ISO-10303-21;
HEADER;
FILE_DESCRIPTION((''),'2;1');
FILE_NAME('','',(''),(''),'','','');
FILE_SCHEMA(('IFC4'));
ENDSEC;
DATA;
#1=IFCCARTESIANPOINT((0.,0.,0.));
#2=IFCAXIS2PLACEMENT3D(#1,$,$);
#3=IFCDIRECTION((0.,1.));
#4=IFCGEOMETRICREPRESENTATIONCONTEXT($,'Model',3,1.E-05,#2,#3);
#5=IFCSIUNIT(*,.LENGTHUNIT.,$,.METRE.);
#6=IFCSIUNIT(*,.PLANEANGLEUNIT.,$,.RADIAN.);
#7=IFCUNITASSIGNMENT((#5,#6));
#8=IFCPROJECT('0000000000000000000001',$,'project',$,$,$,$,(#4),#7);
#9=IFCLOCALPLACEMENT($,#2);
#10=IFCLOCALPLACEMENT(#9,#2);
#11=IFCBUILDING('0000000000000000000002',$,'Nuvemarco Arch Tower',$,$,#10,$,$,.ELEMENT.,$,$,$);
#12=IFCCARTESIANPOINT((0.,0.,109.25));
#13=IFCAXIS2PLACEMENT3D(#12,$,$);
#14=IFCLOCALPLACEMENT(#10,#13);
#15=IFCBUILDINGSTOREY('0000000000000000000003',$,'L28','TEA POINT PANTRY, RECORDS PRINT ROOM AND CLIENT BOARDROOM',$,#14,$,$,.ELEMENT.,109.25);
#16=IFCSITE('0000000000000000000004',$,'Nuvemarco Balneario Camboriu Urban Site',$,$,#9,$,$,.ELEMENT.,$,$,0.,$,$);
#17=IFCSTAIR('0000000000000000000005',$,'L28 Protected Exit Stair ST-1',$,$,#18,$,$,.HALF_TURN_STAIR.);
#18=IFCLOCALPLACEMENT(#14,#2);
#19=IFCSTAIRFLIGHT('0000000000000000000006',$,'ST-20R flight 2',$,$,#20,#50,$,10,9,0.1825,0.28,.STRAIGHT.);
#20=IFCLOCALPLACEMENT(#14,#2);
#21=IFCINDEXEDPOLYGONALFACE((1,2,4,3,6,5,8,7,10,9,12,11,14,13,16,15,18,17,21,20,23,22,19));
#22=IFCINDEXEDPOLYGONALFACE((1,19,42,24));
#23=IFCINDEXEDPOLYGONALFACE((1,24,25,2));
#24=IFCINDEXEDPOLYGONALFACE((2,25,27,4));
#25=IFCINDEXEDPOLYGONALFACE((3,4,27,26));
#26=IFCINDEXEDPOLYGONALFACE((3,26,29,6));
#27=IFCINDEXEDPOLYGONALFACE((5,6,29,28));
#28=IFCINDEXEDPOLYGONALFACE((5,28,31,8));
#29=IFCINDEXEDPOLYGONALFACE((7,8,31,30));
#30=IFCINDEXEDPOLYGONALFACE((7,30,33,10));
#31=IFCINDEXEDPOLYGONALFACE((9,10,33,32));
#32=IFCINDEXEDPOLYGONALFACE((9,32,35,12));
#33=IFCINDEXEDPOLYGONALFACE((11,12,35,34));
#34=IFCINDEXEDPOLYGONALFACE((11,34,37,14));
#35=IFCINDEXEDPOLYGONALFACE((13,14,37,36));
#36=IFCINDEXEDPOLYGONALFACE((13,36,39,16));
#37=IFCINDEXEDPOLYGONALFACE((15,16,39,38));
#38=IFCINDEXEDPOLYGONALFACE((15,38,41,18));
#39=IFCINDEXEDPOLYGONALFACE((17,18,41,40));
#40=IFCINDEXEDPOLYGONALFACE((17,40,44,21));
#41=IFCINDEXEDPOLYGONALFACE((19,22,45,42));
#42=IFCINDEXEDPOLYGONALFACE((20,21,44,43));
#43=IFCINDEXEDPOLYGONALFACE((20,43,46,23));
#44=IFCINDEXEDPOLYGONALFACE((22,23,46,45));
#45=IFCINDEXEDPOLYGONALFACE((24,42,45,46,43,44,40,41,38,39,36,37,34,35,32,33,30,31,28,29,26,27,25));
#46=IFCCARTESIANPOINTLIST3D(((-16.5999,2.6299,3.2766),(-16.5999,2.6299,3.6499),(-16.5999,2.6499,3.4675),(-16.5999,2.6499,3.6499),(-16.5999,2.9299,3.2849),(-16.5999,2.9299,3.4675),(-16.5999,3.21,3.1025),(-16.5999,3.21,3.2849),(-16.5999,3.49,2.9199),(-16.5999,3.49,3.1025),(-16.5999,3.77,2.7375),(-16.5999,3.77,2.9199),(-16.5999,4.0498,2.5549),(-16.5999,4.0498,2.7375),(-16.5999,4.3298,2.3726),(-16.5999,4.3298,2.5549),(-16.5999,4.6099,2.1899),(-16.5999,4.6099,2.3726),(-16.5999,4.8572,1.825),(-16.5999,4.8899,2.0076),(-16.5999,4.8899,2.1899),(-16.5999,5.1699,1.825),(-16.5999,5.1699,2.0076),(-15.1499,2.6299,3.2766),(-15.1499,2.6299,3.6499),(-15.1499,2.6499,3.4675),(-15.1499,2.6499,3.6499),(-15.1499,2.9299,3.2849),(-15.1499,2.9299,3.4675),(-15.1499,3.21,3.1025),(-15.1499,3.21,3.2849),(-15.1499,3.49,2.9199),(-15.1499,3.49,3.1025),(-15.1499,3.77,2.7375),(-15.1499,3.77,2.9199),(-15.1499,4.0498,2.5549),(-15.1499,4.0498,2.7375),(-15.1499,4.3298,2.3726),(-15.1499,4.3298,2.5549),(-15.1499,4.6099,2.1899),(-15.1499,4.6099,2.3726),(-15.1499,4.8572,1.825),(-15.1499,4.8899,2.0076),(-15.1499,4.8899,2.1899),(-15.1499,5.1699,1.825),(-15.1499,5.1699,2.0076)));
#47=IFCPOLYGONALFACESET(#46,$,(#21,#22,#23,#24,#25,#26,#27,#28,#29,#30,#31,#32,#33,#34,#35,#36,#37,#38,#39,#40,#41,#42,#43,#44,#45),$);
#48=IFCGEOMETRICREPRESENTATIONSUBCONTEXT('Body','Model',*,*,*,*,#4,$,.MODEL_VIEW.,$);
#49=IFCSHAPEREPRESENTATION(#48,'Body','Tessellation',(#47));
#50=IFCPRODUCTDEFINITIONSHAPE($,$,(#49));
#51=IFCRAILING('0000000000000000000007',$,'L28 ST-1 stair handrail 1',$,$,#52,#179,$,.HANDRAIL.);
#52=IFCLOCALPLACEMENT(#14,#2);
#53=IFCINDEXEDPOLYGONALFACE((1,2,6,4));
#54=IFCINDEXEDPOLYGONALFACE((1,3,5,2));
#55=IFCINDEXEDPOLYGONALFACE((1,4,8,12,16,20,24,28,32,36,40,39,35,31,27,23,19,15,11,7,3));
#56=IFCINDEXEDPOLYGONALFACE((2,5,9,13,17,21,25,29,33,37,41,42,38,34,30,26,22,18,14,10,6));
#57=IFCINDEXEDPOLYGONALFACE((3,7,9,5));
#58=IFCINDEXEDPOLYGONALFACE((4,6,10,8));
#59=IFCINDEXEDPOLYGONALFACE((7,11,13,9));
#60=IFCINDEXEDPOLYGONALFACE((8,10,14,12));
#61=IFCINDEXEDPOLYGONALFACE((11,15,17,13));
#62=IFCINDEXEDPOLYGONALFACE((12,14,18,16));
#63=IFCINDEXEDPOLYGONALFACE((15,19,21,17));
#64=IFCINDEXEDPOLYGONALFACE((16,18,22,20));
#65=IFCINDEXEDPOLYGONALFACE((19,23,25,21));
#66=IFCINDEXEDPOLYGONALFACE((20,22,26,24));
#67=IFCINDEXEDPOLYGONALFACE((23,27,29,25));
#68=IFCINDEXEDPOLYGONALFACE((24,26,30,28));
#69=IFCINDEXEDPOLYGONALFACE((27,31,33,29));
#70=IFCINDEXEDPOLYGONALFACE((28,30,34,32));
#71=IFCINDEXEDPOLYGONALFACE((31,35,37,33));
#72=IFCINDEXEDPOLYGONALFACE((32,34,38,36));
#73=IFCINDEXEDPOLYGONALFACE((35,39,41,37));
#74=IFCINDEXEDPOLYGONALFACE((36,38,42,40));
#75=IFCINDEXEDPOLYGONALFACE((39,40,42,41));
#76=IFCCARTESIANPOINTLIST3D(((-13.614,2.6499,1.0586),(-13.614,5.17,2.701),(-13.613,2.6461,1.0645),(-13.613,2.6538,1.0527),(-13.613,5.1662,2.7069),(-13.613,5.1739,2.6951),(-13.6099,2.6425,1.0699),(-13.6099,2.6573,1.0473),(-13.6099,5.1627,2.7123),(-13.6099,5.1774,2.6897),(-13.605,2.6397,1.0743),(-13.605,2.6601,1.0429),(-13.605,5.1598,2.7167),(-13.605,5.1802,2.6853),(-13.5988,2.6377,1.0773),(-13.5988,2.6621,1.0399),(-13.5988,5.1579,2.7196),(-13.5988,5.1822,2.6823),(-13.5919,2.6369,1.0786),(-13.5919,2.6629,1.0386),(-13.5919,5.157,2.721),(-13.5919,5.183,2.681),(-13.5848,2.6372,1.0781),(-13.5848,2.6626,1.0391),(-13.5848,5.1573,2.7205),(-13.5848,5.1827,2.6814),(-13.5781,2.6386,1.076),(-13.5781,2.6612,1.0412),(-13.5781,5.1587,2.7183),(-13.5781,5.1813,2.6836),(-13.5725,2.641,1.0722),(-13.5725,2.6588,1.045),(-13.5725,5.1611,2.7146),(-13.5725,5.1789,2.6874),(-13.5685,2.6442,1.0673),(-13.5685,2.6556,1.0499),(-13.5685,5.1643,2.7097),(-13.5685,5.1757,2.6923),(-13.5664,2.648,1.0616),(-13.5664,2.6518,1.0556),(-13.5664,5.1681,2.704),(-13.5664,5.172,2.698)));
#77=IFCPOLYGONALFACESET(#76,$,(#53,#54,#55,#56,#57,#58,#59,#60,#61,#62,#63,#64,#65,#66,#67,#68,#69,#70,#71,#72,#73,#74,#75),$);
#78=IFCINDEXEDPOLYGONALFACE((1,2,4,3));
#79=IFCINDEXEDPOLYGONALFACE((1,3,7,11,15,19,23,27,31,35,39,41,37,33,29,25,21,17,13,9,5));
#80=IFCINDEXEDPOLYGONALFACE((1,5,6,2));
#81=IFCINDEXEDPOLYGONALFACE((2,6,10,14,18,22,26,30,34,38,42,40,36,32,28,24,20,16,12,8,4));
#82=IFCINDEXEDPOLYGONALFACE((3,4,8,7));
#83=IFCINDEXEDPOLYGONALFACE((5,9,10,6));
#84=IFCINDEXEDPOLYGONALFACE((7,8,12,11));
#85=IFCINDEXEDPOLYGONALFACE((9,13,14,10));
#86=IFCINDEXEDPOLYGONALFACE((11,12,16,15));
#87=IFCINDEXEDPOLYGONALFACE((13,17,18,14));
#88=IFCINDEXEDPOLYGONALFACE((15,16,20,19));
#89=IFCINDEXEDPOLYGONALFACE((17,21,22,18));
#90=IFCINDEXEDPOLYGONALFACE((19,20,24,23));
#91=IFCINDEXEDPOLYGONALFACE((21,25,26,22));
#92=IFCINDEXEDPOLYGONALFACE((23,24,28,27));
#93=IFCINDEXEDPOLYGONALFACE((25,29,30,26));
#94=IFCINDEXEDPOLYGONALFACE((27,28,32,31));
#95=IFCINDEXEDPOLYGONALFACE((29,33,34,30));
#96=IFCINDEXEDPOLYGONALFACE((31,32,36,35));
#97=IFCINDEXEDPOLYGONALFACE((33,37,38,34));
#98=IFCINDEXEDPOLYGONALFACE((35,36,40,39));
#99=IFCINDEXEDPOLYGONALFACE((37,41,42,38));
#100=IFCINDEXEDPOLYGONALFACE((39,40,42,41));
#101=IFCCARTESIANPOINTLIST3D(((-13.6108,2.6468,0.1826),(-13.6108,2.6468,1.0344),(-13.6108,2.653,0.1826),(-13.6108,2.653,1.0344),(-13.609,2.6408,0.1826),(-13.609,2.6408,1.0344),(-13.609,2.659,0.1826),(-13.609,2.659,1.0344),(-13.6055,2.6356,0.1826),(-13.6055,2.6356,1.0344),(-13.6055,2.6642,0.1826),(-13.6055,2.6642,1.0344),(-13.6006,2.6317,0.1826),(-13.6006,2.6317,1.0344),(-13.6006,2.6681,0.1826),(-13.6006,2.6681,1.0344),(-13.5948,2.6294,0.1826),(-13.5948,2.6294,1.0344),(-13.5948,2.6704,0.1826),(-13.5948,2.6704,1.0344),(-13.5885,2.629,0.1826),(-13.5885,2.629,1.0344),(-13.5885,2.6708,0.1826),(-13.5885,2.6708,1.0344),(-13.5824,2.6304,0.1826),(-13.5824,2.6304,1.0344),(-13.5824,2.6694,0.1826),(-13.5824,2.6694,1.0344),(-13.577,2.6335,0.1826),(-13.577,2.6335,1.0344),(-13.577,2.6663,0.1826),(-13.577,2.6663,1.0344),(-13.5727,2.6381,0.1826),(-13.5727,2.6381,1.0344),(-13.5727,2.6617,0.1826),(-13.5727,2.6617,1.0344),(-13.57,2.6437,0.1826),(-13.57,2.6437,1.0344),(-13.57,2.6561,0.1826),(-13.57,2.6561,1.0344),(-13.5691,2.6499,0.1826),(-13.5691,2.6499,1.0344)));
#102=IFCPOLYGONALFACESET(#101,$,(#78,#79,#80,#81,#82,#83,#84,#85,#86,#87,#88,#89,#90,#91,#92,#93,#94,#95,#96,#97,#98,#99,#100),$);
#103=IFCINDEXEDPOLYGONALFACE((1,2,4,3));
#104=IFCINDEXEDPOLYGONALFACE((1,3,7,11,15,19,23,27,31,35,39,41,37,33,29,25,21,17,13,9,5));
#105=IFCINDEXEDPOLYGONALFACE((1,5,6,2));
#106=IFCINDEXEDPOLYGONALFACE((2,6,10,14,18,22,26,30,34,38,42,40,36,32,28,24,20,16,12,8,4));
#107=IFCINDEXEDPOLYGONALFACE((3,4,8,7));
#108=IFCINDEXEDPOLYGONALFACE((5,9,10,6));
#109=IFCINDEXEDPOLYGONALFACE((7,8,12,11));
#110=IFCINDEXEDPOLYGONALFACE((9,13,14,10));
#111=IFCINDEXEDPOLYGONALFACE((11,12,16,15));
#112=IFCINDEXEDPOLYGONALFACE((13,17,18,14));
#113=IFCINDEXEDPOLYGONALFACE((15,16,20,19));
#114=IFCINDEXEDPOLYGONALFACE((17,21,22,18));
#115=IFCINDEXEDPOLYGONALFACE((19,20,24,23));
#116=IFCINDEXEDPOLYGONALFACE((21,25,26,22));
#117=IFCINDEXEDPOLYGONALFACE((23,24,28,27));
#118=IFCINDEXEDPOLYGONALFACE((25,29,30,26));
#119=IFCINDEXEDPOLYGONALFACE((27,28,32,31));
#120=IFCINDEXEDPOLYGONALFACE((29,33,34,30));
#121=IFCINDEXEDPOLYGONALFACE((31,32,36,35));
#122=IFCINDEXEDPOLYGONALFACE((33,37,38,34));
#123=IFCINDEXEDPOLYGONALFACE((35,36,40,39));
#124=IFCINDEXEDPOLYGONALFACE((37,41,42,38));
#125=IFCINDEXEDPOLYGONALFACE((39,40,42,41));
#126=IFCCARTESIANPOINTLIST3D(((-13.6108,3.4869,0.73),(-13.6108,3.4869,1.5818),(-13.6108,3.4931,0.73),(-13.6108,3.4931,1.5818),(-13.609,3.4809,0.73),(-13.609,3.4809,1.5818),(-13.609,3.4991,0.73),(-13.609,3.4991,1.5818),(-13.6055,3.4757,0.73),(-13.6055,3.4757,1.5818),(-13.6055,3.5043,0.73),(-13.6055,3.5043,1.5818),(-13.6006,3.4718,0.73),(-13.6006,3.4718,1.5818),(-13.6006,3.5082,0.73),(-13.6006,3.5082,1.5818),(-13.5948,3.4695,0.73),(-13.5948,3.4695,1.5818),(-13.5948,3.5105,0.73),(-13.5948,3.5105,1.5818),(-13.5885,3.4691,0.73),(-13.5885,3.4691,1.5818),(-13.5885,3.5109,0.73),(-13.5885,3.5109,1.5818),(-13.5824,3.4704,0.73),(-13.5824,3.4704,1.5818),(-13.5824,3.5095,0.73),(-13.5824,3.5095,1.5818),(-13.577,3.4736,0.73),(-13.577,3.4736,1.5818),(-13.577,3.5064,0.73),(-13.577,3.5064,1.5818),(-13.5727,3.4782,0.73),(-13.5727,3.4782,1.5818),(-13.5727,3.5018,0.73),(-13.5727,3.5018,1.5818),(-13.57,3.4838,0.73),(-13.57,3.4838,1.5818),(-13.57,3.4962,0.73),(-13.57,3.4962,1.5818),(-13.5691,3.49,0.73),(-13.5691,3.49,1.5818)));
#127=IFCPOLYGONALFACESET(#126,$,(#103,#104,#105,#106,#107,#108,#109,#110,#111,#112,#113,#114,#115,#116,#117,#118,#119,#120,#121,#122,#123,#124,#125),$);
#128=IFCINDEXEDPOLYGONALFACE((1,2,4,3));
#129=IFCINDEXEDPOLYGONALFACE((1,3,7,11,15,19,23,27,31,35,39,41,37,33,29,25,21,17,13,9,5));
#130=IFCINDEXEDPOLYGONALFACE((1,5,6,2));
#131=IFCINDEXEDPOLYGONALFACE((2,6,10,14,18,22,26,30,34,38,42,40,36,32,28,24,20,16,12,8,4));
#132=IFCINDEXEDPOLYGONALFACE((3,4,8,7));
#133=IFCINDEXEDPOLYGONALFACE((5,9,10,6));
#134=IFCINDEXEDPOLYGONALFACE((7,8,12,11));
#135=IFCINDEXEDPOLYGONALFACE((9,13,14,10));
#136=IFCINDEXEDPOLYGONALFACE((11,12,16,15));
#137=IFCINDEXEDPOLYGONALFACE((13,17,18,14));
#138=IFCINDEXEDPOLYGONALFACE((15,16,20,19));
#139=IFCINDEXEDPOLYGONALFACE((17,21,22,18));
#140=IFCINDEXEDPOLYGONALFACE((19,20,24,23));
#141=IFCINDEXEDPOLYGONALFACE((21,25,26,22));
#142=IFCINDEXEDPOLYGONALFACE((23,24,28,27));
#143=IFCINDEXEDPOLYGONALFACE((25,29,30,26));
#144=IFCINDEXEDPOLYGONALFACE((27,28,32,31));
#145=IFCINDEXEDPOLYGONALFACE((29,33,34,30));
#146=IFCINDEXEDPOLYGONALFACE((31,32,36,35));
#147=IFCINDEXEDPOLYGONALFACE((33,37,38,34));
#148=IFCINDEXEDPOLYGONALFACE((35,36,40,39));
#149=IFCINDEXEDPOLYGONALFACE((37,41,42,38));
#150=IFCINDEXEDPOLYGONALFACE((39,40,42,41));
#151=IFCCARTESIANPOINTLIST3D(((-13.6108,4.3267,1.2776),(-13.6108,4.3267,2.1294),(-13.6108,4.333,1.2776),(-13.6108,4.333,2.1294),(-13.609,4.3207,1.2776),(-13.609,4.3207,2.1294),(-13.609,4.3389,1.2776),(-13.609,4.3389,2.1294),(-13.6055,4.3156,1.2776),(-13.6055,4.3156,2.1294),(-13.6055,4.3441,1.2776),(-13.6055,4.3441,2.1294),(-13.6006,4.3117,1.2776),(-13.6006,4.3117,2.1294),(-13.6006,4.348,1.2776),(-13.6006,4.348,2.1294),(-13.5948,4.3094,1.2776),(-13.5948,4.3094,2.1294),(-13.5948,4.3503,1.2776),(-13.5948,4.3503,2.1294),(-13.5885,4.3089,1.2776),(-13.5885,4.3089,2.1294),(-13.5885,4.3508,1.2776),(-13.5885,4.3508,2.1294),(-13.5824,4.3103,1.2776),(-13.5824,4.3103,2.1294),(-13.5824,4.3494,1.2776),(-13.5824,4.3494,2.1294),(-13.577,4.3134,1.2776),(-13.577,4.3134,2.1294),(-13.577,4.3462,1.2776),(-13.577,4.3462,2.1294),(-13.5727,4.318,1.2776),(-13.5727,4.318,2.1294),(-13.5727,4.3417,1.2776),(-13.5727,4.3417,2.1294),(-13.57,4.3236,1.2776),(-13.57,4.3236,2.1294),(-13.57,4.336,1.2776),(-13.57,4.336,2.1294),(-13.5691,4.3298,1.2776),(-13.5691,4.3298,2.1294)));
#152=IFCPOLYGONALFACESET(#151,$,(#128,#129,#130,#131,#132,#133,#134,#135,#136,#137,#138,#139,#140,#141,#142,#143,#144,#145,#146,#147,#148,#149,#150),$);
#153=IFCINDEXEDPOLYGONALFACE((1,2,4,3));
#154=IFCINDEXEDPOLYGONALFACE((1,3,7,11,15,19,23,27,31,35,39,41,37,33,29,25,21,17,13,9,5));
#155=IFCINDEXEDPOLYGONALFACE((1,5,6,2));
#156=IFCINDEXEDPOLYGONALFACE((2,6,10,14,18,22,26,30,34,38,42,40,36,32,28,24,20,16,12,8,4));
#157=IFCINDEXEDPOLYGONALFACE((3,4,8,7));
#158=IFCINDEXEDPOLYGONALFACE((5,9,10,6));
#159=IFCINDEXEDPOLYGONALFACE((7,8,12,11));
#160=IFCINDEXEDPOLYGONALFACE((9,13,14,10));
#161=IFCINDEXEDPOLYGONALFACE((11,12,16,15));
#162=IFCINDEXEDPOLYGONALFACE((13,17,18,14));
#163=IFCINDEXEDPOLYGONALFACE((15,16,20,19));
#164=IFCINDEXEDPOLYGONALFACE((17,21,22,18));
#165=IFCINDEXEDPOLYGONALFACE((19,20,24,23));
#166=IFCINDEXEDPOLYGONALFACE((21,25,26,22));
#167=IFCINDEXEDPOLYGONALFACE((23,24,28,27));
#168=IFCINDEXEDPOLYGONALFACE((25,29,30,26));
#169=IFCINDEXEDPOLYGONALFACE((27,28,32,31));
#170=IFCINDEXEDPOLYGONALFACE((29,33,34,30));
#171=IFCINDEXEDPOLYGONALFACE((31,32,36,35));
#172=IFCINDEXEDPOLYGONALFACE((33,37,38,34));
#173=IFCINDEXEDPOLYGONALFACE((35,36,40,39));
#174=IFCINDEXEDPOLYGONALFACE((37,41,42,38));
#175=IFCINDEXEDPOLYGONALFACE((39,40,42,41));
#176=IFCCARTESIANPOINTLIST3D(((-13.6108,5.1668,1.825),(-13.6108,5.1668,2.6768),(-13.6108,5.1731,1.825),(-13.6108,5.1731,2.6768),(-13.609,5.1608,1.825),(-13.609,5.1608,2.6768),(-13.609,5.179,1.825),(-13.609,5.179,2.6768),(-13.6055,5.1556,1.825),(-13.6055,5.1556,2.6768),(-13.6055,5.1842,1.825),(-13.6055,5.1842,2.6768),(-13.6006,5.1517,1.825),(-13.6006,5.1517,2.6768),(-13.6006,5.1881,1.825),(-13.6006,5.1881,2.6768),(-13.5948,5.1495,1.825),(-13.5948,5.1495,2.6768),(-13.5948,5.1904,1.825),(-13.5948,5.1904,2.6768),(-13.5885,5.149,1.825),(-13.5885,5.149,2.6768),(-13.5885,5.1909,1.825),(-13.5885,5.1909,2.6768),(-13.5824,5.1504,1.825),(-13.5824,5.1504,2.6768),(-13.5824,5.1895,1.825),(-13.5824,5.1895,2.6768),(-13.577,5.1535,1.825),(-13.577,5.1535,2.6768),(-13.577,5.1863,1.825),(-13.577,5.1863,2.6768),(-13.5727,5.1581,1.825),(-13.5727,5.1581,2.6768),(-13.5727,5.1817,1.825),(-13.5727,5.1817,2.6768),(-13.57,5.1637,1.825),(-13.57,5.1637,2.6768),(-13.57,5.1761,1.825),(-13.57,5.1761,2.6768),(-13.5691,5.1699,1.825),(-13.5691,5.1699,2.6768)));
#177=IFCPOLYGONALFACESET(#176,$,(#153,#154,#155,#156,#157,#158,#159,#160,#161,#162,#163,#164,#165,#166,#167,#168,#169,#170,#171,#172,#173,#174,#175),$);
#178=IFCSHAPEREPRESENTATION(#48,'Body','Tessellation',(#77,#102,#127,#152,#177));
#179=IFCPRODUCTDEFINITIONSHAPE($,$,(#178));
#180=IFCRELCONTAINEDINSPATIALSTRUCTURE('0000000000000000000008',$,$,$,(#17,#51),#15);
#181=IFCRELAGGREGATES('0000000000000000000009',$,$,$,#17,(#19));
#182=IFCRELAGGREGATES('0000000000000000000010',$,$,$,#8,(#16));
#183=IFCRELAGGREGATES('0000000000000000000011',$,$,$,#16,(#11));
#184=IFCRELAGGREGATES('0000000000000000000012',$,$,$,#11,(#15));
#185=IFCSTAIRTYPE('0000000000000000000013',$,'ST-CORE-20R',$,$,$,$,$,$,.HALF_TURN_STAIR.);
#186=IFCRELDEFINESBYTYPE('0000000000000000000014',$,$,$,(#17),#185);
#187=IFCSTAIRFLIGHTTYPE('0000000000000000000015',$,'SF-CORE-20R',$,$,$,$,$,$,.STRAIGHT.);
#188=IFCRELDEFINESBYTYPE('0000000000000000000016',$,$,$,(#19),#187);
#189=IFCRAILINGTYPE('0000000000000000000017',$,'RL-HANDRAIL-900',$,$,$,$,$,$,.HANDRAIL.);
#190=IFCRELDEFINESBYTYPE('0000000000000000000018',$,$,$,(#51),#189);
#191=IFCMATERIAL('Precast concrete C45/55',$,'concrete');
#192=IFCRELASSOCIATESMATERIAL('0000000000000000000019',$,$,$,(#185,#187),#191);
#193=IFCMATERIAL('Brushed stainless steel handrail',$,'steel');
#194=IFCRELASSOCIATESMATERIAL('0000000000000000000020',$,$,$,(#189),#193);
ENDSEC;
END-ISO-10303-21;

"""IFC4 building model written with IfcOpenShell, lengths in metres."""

from ifc_helpers import new_model, si_unit, direction, frame, origin, origin_2d, place, context, subcontext, project, spatial, polyline, circle, outline, extrude, material, type_object, element, aggregate, save


model = new_model("IFC4")

# Units and contexts
model_context = context("Model", 3, precision=1e-05, world=origin(), true_north=direction((0.0, 1.0)))
body_context = subcontext(model_context, "Body", "Model", "MODEL_VIEW")
ifc_project = project(units=[si_unit("LENGTHUNIT", "METRE"), si_unit("PLANEANGLEUNIT", "RADIAN")], contexts=[model_context])

# Site, building, storey
site_placement = place(None, origin())
site = spatial("IfcSite", under=ifc_project, at=site_placement, Name="Nuvemarco Balneario Camboriu Urban Site", CompositionType="ELEMENT", RefElevation=0.0)
building_placement = place(site_placement, origin())
building = spatial("IfcBuilding", under=site, at=building_placement, Name="Nuvemarco Arch Tower", CompositionType="ELEMENT")
storey_placement = place(building_placement, frame((0.0, 0.0, 109.25)))
storey = spatial("IfcBuildingStorey", under=building, at=storey_placement, Name="L28", Description="TEA POINT PANTRY, RECORDS PRINT ROOM AND CLIENT BOARDROOM", CompositionType="ELEMENT", Elevation=109.25)

# Stair, stair flight
ifc_material_1 = material(Name="Precast concrete C45/55", Category="concrete")
stair_type = type_object("IfcStairType", Name="ST-CORE-20R", PredefinedType="HALF_TURN_STAIR", material=ifc_material_1)
stair_placement = place(storey_placement, origin())
stair = element("IfcStair", 1, at=stair_placement, inside=storey, type_object=stair_type, Name="L28 Protected Exit Stair ST-1", PredefinedType="HALF_TURN_STAIR")
stair_flight_type = type_object("IfcStairFlightType", Name="SF-CORE-20R", PredefinedType="STRAIGHT", material=ifc_material_1)
stair_flight_1_placement = place(storey_placement, frame((-15.875, 5.1699, 1.825), z_axis=(0.0, 0.0, 1.0), x_axis=(0.0, -1.0, 0.0)))
stair_flight_1 = element("IfcStairFlight", 2, at=stair_flight_1_placement, type_object=stair_flight_type, Name="ST-20R flight 2", NumberOfRisers=10, NumberOfTreads=9, PredefinedType="STRAIGHT", RiserHeight=0.1825, TreadLength=0.28, context=body_context, shape_type="SweptSolid", body=[
    extrude(outline(polyline([(0.0, 0.0), (0.0, 0.1826), (0.28, 0.1826), (0.28, 0.365), (0.5601, 0.365), (0.5601, 0.5476), (0.8401, 0.5476), (0.8401, 0.73), (1.1201, 0.73), (1.1201, 0.9126), (1.3999, 0.9126), (1.3999, 1.095), (1.6799, 1.095), (1.6799, 1.2776), (1.96, 1.2776), (1.96, 1.46), (2.24, 1.46), (2.24, 1.6426), (2.52, 1.6426), (2.52, 1.825), (2.54, 1.825), (2.54, 1.4517), (0.3127, 0.0), (0.0, 0.0)])), frame((0.0, 0.7251, 0.0), z_axis=(0.0, -1.0, 0.0), x_axis=(1.0, 0.0, 0.0)), (0.0, 0.0, 1.0), 1.45),
])
aggregate(stair, [stair_flight_1])

# Railing
ifc_material_2 = material(Name="Brushed stainless steel handrail", Category="steel")
railing_type_1 = type_object("IfcRailingType", Name="RL-HANDRAIL-900", PredefinedType="HANDRAIL", material=ifc_material_2)
railing_1_placement = place(storey_placement, frame((-13.5901, 2.6499, 0.1826)))
element("IfcRailing", 3, at=railing_1_placement, inside=storey, type_object=railing_type_1, Name="L28 ST-1 stair handrail 1", PredefinedType="HANDRAIL", context=body_context, shape_type="SweptSolid", body=[
    extrude(circle(Radius=0.0239, at=origin_2d()), frame((0.0, 0.0, 0.876), z_axis=(0.0, 0.837787, 0.545998), x_axis=(-1.0, 0.0, 0.0)), (0.0, 0.0, 1.0), 3.0081),
    extrude(circle(Radius=0.021, at=origin_2d()), origin(), (0.0, 0.0, 1.0), 0.8518),
    extrude(circle(Radius=0.021, at=origin_2d()), frame((0.0, 0.8401, 0.5474)), (0.0, 0.0, 1.0), 0.8518),
    extrude(circle(Radius=0.021, at=origin_2d()), frame((0.0, 1.6799, 1.095)), (0.0, 0.0, 1.0), 0.8518),
    extrude(circle(Radius=0.021, at=origin_2d()), frame((0.0, 2.52, 1.6423)), (0.0, 0.0, 1.0), 0.8518),
])

save(model, "model.ifc")
